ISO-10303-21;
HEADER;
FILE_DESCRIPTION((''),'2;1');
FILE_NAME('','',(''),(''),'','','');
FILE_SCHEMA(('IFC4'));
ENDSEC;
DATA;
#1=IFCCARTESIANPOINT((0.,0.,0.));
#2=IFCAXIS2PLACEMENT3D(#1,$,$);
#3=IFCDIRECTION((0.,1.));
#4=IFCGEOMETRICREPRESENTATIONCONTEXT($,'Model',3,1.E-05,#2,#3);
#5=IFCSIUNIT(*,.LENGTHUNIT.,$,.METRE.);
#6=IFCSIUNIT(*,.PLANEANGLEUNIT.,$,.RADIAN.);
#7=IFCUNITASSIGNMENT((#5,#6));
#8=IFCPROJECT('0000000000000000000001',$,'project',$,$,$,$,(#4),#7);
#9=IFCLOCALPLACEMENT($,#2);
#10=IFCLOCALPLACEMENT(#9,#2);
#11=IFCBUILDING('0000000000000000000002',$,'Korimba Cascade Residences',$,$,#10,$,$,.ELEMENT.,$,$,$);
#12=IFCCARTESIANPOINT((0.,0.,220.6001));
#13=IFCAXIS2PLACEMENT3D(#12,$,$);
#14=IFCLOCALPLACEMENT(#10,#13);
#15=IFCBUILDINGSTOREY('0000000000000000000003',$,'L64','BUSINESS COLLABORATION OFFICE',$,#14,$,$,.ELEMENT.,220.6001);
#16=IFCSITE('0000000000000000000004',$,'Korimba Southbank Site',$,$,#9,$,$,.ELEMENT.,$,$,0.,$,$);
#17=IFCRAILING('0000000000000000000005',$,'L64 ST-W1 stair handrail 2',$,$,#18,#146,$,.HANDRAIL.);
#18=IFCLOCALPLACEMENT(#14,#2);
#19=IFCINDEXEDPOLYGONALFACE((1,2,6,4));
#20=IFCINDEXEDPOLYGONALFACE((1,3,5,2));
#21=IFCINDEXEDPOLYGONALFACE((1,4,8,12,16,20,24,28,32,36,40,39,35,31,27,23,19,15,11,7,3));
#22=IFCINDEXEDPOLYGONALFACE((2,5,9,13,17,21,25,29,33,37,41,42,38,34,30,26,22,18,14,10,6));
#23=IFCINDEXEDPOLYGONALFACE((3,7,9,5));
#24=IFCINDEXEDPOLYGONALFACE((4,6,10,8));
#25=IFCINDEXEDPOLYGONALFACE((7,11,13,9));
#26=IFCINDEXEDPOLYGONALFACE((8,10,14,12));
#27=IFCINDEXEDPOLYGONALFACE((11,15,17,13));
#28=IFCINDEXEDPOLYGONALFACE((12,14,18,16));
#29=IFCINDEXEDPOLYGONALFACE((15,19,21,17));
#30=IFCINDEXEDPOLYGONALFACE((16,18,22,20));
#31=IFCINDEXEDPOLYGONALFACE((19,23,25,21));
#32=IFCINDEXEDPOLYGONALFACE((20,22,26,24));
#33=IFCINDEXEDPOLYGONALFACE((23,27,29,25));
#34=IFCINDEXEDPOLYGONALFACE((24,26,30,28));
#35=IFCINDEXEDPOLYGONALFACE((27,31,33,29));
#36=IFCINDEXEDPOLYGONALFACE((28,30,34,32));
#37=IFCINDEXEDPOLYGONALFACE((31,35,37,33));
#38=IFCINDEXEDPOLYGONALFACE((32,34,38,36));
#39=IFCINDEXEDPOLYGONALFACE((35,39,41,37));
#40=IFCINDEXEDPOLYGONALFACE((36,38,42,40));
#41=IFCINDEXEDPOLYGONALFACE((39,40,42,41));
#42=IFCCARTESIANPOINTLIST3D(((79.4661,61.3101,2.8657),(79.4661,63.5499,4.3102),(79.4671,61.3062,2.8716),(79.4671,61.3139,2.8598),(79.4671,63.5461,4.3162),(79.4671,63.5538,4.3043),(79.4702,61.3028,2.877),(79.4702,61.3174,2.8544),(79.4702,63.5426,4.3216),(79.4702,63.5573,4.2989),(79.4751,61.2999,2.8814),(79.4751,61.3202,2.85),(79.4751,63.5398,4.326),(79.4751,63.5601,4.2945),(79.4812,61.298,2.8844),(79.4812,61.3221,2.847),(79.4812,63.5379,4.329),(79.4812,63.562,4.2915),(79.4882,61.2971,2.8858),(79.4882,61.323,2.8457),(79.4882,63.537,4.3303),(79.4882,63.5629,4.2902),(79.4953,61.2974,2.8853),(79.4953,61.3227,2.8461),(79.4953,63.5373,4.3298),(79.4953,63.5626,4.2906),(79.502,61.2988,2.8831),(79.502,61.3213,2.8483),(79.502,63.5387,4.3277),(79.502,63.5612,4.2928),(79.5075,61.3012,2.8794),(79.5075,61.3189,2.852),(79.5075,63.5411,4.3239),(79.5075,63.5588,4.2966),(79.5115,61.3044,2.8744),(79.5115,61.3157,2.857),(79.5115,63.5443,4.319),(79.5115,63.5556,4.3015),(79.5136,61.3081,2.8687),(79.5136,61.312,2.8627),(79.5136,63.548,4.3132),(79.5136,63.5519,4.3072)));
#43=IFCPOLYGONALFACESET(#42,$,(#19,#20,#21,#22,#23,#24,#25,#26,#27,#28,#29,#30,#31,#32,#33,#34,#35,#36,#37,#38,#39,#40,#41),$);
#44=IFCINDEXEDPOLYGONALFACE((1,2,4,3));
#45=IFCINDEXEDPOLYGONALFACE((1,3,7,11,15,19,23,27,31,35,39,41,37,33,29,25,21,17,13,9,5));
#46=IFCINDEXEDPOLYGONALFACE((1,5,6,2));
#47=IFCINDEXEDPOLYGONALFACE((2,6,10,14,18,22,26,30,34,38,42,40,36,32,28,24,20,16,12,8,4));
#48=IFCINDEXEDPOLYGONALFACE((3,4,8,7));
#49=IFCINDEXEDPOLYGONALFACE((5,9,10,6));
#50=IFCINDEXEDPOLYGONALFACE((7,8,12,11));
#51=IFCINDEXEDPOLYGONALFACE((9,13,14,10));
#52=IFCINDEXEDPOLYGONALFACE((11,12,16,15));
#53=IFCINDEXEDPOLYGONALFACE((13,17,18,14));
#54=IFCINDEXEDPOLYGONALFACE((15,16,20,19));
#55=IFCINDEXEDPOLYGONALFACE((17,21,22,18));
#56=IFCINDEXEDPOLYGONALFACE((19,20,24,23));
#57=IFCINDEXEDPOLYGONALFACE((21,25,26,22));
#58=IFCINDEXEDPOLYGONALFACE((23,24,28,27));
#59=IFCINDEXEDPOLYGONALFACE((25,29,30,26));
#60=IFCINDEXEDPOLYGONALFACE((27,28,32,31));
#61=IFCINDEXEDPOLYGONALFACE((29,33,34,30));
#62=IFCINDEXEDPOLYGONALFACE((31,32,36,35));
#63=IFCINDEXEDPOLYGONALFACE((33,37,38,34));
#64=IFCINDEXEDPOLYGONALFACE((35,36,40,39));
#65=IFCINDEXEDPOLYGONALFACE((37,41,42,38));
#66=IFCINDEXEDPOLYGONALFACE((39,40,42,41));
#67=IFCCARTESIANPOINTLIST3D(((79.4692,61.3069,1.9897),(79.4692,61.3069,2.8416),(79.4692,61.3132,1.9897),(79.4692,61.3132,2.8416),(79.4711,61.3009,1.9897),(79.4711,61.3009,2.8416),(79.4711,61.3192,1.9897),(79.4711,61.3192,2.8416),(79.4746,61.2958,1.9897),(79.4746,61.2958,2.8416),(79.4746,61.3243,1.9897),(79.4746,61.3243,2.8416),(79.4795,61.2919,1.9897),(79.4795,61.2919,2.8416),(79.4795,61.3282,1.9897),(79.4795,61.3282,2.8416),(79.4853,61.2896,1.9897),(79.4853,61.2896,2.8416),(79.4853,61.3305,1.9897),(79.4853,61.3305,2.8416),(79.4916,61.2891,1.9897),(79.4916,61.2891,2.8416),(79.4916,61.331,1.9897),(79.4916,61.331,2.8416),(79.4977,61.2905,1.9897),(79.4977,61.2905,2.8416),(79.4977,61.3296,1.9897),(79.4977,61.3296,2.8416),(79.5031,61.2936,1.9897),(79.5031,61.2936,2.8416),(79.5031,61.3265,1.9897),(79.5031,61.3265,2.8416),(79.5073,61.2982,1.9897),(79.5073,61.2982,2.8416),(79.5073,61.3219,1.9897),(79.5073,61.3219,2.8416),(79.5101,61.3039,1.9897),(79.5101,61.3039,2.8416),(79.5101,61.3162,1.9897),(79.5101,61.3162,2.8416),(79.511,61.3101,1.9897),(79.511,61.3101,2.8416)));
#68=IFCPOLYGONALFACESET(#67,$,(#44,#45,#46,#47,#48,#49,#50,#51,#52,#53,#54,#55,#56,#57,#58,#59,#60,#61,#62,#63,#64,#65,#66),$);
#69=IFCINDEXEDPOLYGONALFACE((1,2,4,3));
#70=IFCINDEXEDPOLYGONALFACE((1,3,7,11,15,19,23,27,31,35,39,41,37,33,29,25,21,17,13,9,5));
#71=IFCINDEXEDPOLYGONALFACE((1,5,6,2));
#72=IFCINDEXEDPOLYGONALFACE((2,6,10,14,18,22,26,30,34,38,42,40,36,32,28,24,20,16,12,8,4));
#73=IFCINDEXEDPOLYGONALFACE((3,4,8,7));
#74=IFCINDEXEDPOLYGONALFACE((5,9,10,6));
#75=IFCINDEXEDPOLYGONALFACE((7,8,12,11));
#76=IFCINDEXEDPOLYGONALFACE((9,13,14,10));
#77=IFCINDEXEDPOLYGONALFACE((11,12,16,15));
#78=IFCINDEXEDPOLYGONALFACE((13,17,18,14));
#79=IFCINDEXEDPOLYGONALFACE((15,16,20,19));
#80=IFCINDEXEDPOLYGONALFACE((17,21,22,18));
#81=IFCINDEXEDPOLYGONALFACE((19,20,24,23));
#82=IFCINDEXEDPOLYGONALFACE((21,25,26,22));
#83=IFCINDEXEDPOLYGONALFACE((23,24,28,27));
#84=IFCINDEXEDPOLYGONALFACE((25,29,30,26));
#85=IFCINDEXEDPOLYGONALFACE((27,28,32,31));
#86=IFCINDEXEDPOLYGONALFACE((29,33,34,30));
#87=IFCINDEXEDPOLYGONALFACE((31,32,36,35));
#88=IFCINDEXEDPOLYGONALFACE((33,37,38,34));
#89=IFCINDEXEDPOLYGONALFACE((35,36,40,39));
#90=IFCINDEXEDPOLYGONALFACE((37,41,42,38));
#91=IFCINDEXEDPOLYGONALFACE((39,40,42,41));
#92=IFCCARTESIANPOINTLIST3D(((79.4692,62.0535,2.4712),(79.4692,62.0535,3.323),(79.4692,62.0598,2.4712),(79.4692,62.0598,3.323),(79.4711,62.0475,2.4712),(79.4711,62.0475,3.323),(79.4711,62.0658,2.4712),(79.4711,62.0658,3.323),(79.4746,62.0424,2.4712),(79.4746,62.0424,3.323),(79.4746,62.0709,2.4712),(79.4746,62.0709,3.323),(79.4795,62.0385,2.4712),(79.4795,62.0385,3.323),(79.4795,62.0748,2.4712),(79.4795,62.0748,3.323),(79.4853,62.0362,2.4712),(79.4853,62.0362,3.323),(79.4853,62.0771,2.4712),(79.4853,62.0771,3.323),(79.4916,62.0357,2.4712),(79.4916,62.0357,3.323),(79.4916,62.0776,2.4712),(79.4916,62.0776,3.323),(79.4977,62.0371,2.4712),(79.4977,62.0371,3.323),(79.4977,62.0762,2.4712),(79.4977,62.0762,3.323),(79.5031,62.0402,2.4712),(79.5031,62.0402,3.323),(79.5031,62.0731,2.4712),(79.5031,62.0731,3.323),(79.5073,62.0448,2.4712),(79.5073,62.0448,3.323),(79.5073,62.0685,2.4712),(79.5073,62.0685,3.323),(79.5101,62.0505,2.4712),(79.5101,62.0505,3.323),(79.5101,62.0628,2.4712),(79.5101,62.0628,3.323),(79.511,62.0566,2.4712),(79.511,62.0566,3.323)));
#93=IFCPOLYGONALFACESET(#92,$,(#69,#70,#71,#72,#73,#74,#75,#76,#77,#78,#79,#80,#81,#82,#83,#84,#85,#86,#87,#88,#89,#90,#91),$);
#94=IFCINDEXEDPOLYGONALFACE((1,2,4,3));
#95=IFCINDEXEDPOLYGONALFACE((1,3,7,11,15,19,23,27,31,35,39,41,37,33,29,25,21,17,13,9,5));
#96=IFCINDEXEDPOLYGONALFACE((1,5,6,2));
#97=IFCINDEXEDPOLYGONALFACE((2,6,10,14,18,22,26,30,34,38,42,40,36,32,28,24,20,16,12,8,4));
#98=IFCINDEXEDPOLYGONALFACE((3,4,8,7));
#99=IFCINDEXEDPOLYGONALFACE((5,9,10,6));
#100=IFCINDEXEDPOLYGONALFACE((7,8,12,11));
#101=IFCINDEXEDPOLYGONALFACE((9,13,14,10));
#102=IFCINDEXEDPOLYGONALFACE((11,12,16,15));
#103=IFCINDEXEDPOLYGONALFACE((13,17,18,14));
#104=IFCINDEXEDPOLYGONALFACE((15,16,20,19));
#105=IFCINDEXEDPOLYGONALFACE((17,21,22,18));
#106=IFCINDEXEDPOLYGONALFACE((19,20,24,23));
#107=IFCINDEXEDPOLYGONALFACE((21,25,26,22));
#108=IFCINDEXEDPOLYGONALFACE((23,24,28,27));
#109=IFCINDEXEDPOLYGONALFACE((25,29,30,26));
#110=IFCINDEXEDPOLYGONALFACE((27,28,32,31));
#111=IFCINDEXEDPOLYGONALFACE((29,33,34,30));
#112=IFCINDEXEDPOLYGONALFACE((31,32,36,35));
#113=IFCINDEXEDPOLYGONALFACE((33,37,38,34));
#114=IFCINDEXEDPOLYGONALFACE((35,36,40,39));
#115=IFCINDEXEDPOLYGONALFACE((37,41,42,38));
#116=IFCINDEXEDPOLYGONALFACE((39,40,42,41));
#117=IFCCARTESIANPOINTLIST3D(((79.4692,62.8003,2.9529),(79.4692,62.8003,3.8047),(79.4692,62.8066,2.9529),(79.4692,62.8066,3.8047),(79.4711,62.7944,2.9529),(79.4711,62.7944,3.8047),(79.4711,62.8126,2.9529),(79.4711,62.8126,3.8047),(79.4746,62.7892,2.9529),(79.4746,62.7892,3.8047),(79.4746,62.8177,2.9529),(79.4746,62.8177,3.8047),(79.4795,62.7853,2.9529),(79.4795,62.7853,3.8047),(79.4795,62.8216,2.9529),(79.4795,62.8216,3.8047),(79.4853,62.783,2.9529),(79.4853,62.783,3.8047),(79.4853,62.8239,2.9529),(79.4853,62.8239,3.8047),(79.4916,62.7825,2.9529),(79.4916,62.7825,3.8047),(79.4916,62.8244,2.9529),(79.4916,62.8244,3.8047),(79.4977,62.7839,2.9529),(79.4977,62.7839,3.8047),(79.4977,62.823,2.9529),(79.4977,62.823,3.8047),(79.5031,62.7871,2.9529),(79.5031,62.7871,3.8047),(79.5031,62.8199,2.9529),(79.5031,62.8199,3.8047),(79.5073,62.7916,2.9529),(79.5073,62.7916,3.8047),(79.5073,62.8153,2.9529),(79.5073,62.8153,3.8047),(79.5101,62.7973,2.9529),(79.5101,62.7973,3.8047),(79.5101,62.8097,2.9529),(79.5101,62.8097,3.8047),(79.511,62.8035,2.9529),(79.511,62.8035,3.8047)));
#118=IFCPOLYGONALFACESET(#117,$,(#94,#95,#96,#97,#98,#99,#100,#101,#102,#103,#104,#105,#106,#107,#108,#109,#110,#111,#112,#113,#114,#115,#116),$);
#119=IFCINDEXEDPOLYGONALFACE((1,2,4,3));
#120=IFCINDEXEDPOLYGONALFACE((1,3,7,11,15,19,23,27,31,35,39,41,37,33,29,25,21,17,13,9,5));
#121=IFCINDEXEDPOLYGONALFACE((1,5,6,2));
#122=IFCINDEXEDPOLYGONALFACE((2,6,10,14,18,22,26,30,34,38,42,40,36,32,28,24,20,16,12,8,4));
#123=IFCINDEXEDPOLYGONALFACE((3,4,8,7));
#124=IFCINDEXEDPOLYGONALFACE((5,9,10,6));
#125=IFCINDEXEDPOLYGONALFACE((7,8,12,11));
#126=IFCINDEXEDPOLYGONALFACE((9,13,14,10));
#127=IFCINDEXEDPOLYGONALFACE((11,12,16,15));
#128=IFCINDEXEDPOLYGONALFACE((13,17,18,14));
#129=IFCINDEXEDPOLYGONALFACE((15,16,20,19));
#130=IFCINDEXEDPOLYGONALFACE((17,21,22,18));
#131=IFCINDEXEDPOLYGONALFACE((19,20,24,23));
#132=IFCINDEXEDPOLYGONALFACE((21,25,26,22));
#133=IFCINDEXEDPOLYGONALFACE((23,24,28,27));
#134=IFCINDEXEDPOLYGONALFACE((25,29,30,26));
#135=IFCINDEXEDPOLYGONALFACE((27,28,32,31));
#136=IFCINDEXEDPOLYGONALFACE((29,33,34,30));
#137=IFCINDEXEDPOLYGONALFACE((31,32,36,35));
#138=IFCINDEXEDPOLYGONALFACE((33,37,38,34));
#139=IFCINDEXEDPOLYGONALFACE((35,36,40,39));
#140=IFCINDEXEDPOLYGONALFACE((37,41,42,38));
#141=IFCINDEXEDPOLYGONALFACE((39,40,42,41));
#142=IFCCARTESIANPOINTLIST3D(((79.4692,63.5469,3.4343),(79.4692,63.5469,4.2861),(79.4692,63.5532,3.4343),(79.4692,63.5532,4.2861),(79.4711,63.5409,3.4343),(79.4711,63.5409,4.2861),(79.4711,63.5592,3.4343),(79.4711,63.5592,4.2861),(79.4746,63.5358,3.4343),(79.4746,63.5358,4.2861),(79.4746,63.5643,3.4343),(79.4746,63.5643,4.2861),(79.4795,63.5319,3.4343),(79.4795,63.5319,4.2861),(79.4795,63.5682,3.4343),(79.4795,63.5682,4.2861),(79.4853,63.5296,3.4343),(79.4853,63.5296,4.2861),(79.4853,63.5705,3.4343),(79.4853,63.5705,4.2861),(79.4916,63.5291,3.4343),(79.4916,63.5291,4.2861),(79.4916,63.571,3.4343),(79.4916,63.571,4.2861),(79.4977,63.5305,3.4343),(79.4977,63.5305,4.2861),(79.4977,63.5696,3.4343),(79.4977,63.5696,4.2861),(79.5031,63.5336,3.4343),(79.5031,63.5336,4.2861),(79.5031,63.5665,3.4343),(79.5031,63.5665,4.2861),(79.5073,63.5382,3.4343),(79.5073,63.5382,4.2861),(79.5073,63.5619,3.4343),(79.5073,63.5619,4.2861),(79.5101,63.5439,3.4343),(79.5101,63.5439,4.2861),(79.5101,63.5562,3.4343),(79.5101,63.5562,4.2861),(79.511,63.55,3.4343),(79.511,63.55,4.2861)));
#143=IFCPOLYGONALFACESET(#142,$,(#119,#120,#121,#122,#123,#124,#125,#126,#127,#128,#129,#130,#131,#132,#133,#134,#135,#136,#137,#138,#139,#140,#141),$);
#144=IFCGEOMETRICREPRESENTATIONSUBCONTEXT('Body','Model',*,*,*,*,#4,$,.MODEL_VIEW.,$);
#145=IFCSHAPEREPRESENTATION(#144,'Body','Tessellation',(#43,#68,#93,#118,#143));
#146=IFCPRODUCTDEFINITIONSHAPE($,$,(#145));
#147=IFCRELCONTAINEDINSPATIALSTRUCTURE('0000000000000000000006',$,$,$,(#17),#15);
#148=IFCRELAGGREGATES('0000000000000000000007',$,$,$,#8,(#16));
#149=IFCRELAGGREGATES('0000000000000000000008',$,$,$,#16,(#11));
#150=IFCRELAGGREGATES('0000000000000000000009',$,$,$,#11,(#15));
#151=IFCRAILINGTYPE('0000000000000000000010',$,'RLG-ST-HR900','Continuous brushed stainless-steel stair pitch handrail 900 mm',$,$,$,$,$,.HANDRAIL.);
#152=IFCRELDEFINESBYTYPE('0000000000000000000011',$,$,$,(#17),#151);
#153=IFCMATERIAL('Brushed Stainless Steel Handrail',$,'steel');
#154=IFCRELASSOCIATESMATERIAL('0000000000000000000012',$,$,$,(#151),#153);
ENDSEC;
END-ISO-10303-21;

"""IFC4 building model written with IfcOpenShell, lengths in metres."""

from ifc_helpers import new_model, si_unit, direction, frame, origin, origin_2d, place, context, subcontext, project, spatial, circle, extrude, material, type_object, element, save


model = new_model("IFC4")

# Units and contexts
model_context = context("Model", 3, precision=1e-05, world=origin(), true_north=direction((0.0, 1.0)))
body_context = subcontext(model_context, "Body", "Model", "MODEL_VIEW")
ifc_project = project(units=[si_unit("LENGTHUNIT", "METRE"), si_unit("PLANEANGLEUNIT", "RADIAN")], contexts=[model_context])

# Site, building, storey
site_placement = place(None, origin())
site = spatial("IfcSite", under=ifc_project, at=site_placement, Name="Korimba Southbank Site", CompositionType="ELEMENT", RefElevation=0.0)
building_placement = place(site_placement, origin())
building = spatial("IfcBuilding", under=site, at=building_placement, Name="Korimba Cascade Residences", CompositionType="ELEMENT")
storey_placement = place(building_placement, frame((0.0, 0.0, 220.6001)))
storey = spatial("IfcBuildingStorey", under=building, at=storey_placement, Name="L64", Description="BUSINESS COLLABORATION OFFICE", CompositionType="ELEMENT", Elevation=220.6001)

# Railing
ifc_material_1 = material(Name="Brushed Stainless Steel Handrail", Category="steel")
railing_type_1 = type_object("IfcRailingType", Name="RLG-ST-HR900", Description="Continuous brushed stainless-steel stair pitch handrail 900 mm", PredefinedType="HANDRAIL", material=ifc_material_1)
railing_1_placement = place(storey_placement, frame((79.49, 61.3101, 1.9897)))
element("IfcRailing", 1, at=railing_1_placement, inside=storey, type_object=railing_type_1, Name="L64 ST-W1 stair handrail 2", PredefinedType="HANDRAIL", context=body_context, shape_type="SweptSolid", body=[
    extrude(circle(Radius=0.0239, at=origin_2d()), frame((0.0, 0.0, 0.876), z_axis=(0.0, 0.840395, 0.541975), x_axis=(-1.0, 0.0, 0.0)), (0.0, 0.0, 1.0), 2.6653),
    extrude(circle(Radius=0.021, at=origin_2d()), origin(), (0.0, 0.0, 1.0), 0.8518),
    extrude(circle(Radius=0.021, at=origin_2d()), frame((0.0, 0.7466, 0.4814)), (0.0, 0.0, 1.0), 0.8518),
    extrude(circle(Radius=0.021, at=origin_2d()), frame((0.0, 1.4934, 0.9631)), (0.0, 0.0, 1.0), 0.8518),
    extrude(circle(Radius=0.021, at=origin_2d()), frame((0.0, 2.24, 1.4446)), (0.0, 0.0, 1.0), 0.8518),
])

save(model, "model.ifc")
